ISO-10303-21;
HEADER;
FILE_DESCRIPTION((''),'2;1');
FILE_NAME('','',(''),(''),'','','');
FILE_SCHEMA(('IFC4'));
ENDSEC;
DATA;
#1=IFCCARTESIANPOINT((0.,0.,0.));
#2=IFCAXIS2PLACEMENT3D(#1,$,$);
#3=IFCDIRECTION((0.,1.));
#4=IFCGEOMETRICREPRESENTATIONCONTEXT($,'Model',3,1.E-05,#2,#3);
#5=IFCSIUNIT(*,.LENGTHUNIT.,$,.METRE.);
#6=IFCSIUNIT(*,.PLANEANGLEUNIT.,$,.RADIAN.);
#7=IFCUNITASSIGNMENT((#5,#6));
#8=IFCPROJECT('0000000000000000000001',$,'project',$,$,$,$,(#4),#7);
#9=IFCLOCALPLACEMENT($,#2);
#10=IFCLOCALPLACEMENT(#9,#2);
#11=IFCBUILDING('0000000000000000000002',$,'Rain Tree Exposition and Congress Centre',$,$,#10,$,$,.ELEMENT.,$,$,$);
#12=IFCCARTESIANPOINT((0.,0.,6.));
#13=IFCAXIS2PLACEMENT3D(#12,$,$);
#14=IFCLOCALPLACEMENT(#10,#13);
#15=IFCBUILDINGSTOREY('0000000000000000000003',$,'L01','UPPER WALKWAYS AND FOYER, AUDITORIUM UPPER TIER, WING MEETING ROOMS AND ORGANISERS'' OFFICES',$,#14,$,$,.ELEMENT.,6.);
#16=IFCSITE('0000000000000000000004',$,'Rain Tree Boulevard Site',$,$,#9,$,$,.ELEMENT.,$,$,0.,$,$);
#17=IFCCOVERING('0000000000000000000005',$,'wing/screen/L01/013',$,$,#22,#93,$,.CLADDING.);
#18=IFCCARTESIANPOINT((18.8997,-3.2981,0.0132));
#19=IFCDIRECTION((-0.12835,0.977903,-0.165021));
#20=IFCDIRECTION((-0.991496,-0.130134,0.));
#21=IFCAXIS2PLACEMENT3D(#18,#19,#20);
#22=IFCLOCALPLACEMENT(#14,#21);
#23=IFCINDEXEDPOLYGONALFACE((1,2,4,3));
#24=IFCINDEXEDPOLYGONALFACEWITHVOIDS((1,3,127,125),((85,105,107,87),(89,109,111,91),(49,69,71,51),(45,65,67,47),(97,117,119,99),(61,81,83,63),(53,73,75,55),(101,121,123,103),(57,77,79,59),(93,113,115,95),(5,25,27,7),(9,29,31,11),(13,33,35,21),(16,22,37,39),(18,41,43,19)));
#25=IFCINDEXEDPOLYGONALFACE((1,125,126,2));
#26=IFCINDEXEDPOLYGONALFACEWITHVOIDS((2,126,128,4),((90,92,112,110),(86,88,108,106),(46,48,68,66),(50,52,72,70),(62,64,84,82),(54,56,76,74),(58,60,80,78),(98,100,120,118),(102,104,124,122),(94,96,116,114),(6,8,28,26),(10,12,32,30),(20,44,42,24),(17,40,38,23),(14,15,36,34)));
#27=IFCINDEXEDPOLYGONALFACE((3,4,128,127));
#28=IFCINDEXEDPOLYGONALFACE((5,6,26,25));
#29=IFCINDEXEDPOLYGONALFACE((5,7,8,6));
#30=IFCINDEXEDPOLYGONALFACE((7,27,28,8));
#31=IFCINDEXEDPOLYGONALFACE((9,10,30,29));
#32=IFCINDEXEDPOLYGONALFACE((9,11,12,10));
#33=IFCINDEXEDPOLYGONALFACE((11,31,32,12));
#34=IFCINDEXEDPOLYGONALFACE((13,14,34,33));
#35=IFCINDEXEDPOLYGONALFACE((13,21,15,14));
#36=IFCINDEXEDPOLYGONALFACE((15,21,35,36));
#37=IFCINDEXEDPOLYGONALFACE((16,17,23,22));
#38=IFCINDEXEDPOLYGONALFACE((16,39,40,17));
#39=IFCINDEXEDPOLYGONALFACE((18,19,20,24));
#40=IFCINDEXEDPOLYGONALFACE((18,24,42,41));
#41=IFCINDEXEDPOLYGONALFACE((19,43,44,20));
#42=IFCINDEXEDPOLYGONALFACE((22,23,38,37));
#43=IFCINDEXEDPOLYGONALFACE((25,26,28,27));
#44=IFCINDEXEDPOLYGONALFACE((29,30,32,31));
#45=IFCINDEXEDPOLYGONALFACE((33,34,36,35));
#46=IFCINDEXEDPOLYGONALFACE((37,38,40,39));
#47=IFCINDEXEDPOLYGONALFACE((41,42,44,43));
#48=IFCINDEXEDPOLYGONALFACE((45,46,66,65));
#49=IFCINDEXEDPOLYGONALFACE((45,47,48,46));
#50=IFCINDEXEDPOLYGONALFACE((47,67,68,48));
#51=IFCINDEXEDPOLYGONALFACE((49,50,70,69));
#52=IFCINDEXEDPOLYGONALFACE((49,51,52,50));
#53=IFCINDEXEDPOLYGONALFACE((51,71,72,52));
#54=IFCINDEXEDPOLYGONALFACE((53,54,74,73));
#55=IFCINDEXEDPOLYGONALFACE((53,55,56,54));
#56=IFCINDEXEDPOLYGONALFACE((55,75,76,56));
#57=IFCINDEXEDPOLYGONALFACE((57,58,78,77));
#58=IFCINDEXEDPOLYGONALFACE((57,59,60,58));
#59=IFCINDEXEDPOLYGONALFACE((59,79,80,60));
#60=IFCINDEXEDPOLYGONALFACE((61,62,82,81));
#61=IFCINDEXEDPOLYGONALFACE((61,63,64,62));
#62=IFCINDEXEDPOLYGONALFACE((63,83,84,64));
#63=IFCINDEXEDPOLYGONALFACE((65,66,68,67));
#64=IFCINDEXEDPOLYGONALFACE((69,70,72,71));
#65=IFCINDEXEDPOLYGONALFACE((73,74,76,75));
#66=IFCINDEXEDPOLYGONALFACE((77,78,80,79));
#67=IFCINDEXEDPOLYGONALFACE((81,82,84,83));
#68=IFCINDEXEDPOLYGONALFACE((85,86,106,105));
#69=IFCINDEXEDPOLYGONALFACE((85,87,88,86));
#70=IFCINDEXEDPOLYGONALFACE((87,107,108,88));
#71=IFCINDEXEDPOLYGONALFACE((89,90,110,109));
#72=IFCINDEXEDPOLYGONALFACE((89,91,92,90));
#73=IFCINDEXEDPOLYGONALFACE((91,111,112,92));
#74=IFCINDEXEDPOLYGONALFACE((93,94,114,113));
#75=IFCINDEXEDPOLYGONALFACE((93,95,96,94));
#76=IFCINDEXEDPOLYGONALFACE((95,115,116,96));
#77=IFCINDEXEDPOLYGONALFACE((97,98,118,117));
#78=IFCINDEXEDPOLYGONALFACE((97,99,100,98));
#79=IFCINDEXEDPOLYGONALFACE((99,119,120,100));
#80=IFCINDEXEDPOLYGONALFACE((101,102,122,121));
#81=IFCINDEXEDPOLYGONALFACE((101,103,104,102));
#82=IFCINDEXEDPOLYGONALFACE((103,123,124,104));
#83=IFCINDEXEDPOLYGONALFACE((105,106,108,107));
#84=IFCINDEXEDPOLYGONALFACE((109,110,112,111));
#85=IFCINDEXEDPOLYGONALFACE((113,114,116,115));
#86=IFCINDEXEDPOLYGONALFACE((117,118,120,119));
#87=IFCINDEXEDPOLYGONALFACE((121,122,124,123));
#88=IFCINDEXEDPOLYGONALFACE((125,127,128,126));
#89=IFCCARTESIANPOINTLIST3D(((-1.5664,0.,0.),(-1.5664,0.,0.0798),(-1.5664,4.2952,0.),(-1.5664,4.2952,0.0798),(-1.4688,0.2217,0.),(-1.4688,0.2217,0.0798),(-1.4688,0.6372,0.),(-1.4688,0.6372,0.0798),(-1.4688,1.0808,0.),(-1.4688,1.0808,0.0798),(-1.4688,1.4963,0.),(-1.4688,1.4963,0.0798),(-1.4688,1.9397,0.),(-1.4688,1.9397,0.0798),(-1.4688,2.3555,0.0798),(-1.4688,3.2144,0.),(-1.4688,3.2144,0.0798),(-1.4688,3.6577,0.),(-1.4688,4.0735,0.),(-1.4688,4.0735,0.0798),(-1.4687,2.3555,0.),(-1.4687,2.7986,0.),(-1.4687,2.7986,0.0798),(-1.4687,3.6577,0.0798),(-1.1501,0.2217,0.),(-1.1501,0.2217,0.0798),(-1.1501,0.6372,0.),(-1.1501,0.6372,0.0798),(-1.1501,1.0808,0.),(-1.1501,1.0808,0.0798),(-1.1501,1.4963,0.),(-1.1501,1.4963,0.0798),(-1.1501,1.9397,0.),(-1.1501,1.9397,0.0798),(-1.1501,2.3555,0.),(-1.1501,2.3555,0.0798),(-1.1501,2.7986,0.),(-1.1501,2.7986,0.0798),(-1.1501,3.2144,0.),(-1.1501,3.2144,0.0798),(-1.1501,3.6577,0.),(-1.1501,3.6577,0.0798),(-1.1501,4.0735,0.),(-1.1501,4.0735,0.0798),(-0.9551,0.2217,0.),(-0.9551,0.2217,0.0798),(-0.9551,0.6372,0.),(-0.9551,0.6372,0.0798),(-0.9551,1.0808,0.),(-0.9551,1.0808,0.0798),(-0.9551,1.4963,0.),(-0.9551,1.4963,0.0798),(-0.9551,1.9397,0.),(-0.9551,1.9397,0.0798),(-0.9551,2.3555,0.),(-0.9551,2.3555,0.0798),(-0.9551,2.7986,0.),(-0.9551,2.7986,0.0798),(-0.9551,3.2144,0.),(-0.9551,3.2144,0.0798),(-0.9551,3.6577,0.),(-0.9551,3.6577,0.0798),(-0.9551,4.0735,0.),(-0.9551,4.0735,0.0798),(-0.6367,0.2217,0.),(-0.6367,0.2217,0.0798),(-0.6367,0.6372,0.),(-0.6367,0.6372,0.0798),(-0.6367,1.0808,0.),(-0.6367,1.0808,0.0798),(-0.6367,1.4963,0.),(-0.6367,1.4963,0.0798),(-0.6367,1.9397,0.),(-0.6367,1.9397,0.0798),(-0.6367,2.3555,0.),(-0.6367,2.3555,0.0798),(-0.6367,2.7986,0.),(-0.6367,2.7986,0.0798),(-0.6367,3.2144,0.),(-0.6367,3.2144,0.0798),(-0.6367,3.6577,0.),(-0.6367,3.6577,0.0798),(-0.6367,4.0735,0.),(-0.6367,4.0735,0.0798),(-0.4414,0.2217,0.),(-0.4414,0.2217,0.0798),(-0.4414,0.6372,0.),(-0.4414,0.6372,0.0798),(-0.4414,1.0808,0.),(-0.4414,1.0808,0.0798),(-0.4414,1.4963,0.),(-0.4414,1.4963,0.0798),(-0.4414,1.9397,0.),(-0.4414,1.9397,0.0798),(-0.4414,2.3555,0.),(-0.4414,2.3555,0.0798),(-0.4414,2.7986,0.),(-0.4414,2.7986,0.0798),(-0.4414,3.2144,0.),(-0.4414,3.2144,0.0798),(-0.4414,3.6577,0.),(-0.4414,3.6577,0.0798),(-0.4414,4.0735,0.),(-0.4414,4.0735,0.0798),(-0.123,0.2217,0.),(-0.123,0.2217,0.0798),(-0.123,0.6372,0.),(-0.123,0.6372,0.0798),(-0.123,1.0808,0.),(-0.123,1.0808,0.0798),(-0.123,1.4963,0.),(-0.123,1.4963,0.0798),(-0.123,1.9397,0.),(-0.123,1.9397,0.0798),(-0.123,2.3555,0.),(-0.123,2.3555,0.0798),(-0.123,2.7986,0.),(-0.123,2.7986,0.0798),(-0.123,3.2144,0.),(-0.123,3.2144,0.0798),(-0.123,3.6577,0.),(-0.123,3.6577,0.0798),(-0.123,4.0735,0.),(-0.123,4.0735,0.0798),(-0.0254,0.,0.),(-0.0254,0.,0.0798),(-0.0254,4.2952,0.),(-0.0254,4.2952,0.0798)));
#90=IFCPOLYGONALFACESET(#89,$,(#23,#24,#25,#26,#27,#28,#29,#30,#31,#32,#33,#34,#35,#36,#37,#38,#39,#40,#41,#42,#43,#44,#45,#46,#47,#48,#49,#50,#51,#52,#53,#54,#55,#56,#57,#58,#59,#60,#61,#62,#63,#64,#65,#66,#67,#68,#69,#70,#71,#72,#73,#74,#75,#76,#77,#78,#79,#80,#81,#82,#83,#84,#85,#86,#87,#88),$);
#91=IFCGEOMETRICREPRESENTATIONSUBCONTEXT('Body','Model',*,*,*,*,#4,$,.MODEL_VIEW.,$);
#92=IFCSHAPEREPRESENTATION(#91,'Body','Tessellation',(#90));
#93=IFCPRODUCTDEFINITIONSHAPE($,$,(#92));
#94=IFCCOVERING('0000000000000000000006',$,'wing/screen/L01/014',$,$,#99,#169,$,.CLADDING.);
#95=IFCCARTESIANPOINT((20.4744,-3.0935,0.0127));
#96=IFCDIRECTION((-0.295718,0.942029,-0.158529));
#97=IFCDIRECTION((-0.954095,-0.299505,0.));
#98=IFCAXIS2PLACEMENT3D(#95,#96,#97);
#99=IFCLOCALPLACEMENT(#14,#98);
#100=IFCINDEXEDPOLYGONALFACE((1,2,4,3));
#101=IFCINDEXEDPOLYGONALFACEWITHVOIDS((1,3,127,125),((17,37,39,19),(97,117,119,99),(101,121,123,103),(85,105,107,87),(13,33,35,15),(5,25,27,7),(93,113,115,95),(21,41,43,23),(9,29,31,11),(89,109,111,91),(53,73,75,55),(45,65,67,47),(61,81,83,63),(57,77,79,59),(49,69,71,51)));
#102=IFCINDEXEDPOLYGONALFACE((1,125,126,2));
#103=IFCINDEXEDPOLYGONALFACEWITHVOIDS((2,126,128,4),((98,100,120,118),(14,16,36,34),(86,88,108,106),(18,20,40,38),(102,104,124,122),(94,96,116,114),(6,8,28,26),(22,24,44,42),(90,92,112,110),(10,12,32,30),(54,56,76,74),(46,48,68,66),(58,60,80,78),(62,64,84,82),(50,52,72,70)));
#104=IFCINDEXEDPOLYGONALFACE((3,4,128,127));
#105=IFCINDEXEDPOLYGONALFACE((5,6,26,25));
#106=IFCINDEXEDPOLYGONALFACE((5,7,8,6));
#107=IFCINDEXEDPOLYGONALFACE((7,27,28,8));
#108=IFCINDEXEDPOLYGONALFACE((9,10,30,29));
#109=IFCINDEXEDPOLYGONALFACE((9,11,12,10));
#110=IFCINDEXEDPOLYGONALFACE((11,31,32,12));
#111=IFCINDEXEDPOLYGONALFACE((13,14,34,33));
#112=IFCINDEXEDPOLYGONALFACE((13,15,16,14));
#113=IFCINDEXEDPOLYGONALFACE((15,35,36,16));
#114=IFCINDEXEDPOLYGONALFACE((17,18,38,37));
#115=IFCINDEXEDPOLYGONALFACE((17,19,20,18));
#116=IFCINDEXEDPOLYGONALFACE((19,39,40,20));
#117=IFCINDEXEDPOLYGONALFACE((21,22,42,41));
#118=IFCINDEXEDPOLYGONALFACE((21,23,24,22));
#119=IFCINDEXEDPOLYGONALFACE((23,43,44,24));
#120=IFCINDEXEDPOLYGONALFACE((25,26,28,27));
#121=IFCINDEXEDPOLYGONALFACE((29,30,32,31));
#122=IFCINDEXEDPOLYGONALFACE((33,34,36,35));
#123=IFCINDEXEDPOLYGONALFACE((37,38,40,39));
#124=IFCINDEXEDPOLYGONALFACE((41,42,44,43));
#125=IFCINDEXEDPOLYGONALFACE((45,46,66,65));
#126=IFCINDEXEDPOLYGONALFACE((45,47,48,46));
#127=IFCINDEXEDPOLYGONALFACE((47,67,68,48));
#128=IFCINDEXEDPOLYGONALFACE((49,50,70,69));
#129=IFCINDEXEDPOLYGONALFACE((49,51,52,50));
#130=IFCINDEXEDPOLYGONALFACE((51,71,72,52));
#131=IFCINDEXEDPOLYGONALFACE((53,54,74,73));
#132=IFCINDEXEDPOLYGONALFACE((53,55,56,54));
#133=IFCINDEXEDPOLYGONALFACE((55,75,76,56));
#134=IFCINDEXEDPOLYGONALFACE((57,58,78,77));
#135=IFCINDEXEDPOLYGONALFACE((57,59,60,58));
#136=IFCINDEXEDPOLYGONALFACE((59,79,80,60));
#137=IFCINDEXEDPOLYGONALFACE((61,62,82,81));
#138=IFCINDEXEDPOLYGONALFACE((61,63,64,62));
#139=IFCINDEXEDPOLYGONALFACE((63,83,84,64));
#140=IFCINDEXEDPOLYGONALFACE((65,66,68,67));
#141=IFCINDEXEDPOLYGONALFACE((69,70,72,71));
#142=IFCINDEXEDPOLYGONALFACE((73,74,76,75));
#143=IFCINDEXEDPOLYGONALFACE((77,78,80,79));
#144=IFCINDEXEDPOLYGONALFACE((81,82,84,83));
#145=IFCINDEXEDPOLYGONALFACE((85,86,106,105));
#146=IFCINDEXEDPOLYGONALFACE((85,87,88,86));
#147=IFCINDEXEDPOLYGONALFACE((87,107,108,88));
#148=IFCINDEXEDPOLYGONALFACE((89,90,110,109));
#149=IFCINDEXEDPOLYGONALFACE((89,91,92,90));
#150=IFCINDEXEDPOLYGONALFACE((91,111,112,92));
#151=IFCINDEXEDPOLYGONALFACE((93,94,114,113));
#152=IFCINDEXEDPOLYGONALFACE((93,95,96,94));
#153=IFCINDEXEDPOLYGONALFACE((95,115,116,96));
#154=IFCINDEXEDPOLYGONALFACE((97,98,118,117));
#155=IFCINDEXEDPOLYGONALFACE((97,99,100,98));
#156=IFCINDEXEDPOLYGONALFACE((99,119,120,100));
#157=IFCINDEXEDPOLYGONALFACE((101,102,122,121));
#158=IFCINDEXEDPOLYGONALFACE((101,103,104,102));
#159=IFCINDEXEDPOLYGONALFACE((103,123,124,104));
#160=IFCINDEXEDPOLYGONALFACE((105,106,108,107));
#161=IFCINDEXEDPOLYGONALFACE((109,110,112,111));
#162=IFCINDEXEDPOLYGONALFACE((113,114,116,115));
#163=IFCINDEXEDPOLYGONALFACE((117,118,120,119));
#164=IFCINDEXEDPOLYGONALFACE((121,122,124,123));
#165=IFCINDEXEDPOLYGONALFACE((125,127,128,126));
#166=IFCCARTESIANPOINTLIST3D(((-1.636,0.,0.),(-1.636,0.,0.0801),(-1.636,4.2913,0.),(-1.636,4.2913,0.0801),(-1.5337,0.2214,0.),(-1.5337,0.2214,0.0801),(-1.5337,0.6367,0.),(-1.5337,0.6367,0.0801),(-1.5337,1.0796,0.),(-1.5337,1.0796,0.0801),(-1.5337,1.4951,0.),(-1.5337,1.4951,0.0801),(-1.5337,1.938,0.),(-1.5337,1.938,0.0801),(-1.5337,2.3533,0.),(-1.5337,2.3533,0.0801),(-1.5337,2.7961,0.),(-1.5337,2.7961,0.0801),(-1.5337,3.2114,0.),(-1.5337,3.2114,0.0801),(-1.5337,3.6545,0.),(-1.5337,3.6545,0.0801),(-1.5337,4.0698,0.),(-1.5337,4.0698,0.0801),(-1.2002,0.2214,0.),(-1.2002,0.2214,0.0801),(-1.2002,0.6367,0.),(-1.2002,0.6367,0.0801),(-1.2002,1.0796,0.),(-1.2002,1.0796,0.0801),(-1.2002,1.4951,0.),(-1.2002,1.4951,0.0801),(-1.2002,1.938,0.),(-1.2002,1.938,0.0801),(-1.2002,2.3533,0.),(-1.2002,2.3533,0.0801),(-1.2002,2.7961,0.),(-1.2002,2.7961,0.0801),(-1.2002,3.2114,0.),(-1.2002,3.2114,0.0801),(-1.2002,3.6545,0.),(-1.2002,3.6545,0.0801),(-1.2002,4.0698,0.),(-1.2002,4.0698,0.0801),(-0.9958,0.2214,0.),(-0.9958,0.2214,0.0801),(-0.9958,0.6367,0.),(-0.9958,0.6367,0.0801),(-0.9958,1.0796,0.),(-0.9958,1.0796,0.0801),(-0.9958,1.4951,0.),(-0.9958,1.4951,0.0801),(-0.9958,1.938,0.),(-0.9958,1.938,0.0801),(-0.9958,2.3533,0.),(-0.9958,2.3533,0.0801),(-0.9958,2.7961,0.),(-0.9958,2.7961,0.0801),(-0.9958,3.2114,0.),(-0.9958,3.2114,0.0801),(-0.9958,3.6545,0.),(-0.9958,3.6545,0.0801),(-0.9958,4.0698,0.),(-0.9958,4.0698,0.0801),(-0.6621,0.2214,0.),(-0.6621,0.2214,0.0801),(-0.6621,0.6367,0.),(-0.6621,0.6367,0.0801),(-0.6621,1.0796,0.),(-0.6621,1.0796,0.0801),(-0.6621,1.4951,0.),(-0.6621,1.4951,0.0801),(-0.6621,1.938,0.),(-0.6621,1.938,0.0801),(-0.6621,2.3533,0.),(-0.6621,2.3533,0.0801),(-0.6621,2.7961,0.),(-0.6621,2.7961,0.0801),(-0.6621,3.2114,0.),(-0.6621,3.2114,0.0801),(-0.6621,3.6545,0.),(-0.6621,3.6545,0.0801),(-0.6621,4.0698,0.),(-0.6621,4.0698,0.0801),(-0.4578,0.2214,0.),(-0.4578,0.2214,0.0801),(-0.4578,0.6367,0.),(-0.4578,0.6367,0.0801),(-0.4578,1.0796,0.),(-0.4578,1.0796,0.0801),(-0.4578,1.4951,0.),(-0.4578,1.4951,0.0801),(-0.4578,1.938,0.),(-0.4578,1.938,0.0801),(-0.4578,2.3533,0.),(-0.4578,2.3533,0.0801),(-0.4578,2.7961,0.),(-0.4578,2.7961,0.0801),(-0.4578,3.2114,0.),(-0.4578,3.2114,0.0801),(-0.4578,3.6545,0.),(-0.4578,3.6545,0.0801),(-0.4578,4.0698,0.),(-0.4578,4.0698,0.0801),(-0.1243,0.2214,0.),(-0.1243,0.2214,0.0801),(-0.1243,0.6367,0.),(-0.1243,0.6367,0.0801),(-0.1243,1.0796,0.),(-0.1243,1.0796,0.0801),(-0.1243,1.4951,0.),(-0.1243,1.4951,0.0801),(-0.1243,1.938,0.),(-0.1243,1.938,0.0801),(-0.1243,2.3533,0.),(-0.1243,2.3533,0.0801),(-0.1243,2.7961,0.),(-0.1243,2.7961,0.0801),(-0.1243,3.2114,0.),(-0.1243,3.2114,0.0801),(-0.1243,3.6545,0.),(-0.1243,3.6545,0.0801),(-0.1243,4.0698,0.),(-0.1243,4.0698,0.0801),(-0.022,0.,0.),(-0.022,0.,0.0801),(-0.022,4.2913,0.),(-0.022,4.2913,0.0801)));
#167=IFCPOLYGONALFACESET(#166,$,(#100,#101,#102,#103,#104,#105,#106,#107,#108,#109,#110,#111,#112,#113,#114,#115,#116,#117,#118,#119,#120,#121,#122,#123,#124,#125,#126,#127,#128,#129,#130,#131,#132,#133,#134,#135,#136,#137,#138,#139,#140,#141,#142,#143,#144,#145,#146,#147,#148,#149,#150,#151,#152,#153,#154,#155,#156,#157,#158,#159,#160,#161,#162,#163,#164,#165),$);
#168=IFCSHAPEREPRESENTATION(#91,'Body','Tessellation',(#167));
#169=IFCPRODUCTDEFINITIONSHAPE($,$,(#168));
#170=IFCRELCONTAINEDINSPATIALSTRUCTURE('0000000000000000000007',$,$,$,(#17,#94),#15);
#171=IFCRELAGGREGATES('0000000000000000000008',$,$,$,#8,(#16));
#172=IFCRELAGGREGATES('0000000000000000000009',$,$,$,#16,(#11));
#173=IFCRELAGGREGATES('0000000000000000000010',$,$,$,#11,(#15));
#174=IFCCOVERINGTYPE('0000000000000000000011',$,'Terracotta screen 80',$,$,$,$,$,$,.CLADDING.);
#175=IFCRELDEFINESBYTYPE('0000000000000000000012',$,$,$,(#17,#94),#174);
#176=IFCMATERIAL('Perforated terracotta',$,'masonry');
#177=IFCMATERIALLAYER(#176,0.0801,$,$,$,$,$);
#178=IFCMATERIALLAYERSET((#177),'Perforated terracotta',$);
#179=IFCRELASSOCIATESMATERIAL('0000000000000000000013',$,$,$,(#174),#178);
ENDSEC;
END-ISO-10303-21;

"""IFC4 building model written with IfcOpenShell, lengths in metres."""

from ifc_helpers import new_model, si_unit, direction, frame, origin, place, context, subcontext, project, spatial, polyline, outline, extrude, material, layer, layer_set, type_object, element, save


model = new_model("IFC4")

# Units and contexts
model_context = context("Model", 3, precision=1e-05, world=origin(), true_north=direction((0.0, 1.0)))
body_context = subcontext(model_context, "Body", "Model", "MODEL_VIEW")
ifc_project = project(units=[si_unit("LENGTHUNIT", "METRE"), si_unit("PLANEANGLEUNIT", "RADIAN")], contexts=[model_context])

# Site, building, storey
site_placement = place(None, origin())
site = spatial("IfcSite", under=ifc_project, at=site_placement, Name="Rain Tree Boulevard Site", CompositionType="ELEMENT", RefElevation=0.0)
building_placement = place(site_placement, origin())
building = spatial("IfcBuilding", under=site, at=building_placement, Name="Rain Tree Exposition and Congress Centre", CompositionType="ELEMENT")
storey_placement = place(building_placement, frame((0.0, 0.0, 6.0)))
storey = spatial("IfcBuildingStorey", under=building, at=storey_placement, Name="L01", Description="UPPER WALKWAYS AND FOYER, AUDITORIUM UPPER TIER, WING MEETING ROOMS AND ORGANISERS' OFFICES", CompositionType="ELEMENT", Elevation=6.0)

# Coverings
ifc_material_1 = material(Name="Perforated terracotta", Category="masonry")
ifc_layer_1 = layer(ifc_material_1, 0.0801)
ifc_layer_set_1 = layer_set([ifc_layer_1], Name="Perforated terracotta")
covering_type = type_object("IfcCoveringType", Name="Terracotta screen 80", PredefinedType="CLADDING", material=ifc_layer_set_1)
covering_1_placement = place(storey_placement, frame((18.8997, -3.2981, 0.0132), z_axis=(-0.12835, 0.977903, -0.165021), x_axis=(-0.991496, -0.130134, 0.0)))
element("IfcCovering", 1, at=covering_1_placement, inside=storey, type_object=covering_type, Name="wing/screen/L01/013", PredefinedType="CLADDING", context=body_context, shape_type="SweptSolid", body=[
    extrude(outline(polyline([(-1.5664, 0.0), (-1.5664, 4.2952), (-0.0254, 4.2952), (-0.0254, 0.0), (-1.5664, 0.0)]), holes=[polyline([(-0.123, 0.2217), (-0.123, 0.6372), (-0.4414, 0.6372), (-0.4414, 0.2217), (-0.123, 0.2217)]), polyline([(-0.123, 1.0808), (-0.123, 1.4963), (-0.4414, 1.4963), (-0.4414, 1.0808), (-0.123, 1.0808)]), polyline([(-0.123, 1.9397), (-0.123, 2.3555), (-0.4414, 2.3555), (-0.4414, 1.9397), (-0.123, 1.9397)]), polyline([(-0.123, 2.7986), (-0.123, 3.2144), (-0.4414, 3.2144), (-0.4414, 2.7986), (-0.123, 2.7986)]), polyline([(-0.123, 3.6577), (-0.123, 4.0735), (-0.4414, 4.0735), (-0.4414, 3.6577), (-0.123, 3.6577)]), polyline([(-0.6367, 0.2217), (-0.6367, 0.6372), (-0.9551, 0.6372), (-0.9551, 0.2217), (-0.6367, 0.2217)]), polyline([(-0.6367, 1.0808), (-0.6367, 1.4963), (-0.9551, 1.4963), (-0.9551, 1.0808), (-0.6367, 1.0808)]), polyline([(-0.6367, 1.9397), (-0.6367, 2.3555), (-0.9551, 2.3555), (-0.9551, 1.9397), (-0.6367, 1.9397)]), polyline([(-0.6367, 2.7986), (-0.6367, 3.2144), (-0.9551, 3.2144), (-0.9551, 2.7986), (-0.6367, 2.7986)]), polyline([(-0.6367, 3.6577), (-0.6367, 4.0735), (-0.9551, 4.0735), (-0.9551, 3.6577), (-0.6367, 3.6577)]), polyline([(-1.1501, 0.2217), (-1.1501, 0.6372), (-1.4688, 0.6372), (-1.4688, 0.2217), (-1.1501, 0.2217)]), polyline([(-1.1501, 1.0808), (-1.1501, 1.4963), (-1.4688, 1.4963), (-1.4688, 1.0808), (-1.1501, 1.0808)]), polyline([(-1.1501, 1.9397), (-1.1501, 2.3555), (-1.4688, 2.3555), (-1.4688, 1.9397), (-1.1501, 1.9397)]), polyline([(-1.1501, 2.7986), (-1.1501, 3.2144), (-1.4688, 3.2144), (-1.4688, 2.7986), (-1.1501, 2.7986)]), polyline([(-1.1501, 3.6577), (-1.1501, 4.0735), (-1.4688, 4.0735), (-1.4688, 3.6577), (-1.1501, 3.6577)])]), origin(), (0.0, 0.0, 1.0), 0.0798),
])
covering_2_placement = place(storey_placement, frame((20.4744, -3.0935, 0.0127), z_axis=(-0.295718, 0.942029, -0.158529), x_axis=(-0.954095, -0.299505, 0.0)))
element("IfcCovering", 2, at=covering_2_placement, inside=storey, type_object=covering_type, Name="wing/screen/L01/014", PredefinedType="CLADDING", context=body_context, shape_type="SweptSolid", body=[
    extrude(outline(polyline([(-1.636, 0.0), (-1.636, 4.2913), (-0.022, 4.2913), (-0.022, 0.0), (-1.636, 0.0)]), holes=[polyline([(-0.1243, 0.2214), (-0.1243, 0.6367), (-0.4578, 0.6367), (-0.4578, 0.2214), (-0.1243, 0.2214)]), polyline([(-0.1243, 1.0796), (-0.1243, 1.4951), (-0.4578, 1.4951), (-0.4578, 1.0796), (-0.1243, 1.0796)]), polyline([(-0.1243, 1.938), (-0.1243, 2.3533), (-0.4578, 2.3533), (-0.4578, 1.938), (-0.1243, 1.938)]), polyline([(-0.1243, 2.7961), (-0.1243, 3.2114), (-0.4578, 3.2114), (-0.4578, 2.7961), (-0.1243, 2.7961)]), polyline([(-0.1243, 3.6545), (-0.1243, 4.0698), (-0.4578, 4.0698), (-0.4578, 3.6545), (-0.1243, 3.6545)]), polyline([(-0.6621, 0.2214), (-0.6621, 0.6367), (-0.9958, 0.6367), (-0.9958, 0.2214), (-0.6621, 0.2214)]), polyline([(-0.6621, 1.0796), (-0.6621, 1.4951), (-0.9958, 1.4951), (-0.9958, 1.0796), (-0.6621, 1.0796)]), polyline([(-0.6621, 1.938), (-0.6621, 2.3533), (-0.9958, 2.3533), (-0.9958, 1.938), (-0.6621, 1.938)]), polyline([(-0.6621, 2.7961), (-0.6621, 3.2114), (-0.9958, 3.2114), (-0.9958, 2.7961), (-0.6621, 2.7961)]), polyline([(-0.6621, 3.6545), (-0.6621, 4.0698), (-0.9958, 4.0698), (-0.9958, 3.6545), (-0.6621, 3.6545)]), polyline([(-1.2002, 0.2214), (-1.2002, 0.6367), (-1.5337, 0.6367), (-1.5337, 0.2214), (-1.2002, 0.2214)]), polyline([(-1.2002, 1.0796), (-1.2002, 1.4951), (-1.5337, 1.4951), (-1.5337, 1.0796), (-1.2002, 1.0796)]), polyline([(-1.2002, 1.938), (-1.2002, 2.3533), (-1.5337, 2.3533), (-1.5337, 1.938), (-1.2002, 1.938)]), polyline([(-1.2002, 2.7961), (-1.2002, 3.2114), (-1.5337, 3.2114), (-1.5337, 2.7961), (-1.2002, 2.7961)]), polyline([(-1.2002, 3.6545), (-1.2002, 4.0698), (-1.5337, 4.0698), (-1.5337, 3.6545), (-1.2002, 3.6545)])]), origin(), (0.0, 0.0, 1.0), 0.0801),
])

save(model, "model.ifc")
